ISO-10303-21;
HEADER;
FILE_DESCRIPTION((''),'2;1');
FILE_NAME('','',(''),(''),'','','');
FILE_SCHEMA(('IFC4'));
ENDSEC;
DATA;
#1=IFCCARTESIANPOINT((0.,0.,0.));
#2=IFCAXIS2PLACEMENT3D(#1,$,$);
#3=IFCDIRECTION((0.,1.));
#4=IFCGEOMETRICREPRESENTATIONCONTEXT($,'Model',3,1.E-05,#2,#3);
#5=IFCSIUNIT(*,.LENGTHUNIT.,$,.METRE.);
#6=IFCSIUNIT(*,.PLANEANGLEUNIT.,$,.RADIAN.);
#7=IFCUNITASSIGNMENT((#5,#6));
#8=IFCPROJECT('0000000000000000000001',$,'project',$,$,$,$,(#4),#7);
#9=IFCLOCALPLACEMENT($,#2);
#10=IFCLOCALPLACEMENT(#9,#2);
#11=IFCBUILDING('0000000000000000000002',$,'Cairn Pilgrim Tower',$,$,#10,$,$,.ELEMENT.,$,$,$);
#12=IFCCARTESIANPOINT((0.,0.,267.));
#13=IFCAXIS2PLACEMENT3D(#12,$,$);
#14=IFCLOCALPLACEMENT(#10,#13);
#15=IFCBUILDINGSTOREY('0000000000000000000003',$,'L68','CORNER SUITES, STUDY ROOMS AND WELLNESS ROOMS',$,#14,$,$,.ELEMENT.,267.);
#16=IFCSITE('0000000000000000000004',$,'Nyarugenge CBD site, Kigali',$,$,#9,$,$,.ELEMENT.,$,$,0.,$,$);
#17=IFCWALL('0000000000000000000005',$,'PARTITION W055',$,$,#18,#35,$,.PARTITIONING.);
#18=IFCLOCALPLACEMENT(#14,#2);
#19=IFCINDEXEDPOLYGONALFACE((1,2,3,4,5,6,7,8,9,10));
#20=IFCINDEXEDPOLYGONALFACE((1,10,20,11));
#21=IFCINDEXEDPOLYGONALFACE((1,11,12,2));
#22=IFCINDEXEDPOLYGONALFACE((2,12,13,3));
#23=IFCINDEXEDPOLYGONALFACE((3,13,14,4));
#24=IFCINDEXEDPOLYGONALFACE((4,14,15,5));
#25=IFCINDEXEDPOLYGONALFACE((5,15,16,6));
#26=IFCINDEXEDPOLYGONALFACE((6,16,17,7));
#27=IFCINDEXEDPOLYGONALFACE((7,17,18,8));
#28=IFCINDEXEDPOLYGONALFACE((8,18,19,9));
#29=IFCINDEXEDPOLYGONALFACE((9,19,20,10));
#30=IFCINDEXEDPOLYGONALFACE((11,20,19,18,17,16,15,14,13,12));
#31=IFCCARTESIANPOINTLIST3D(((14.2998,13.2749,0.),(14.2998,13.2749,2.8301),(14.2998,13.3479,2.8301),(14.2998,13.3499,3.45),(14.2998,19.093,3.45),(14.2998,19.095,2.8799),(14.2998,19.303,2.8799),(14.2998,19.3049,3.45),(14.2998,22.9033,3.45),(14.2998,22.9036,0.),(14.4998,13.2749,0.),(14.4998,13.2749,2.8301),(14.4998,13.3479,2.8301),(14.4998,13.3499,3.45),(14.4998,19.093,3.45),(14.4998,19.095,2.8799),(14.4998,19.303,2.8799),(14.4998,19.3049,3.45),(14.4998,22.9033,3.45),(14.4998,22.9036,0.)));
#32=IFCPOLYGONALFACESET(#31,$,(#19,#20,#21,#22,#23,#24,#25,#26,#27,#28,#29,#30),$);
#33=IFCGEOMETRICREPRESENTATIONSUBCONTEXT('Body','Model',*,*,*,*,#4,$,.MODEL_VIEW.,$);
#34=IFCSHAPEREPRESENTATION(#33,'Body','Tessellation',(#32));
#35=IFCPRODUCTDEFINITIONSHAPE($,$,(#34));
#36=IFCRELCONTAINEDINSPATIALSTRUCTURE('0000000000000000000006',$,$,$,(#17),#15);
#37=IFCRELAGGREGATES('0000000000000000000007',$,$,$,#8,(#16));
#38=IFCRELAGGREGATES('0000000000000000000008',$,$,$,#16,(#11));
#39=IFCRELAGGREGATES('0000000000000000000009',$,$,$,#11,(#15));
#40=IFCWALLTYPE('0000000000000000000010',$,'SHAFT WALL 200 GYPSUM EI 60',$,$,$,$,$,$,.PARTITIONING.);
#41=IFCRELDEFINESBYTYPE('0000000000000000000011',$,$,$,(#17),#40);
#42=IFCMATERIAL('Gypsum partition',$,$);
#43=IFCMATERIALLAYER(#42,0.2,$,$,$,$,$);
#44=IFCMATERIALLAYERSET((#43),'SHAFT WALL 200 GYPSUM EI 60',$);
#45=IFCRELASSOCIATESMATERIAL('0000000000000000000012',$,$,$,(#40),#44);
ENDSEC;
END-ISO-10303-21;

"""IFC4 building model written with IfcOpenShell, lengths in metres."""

from ifc_helpers import new_model, si_unit, direction, frame, origin, place, context, subcontext, project, spatial, polyline, outline, extrude, material, layer, layer_set, type_object, element, save


model = new_model("IFC4")

# Units and contexts
model_context = context("Model", 3, precision=1e-05, world=origin(), true_north=direction((0.0, 1.0)))
body_context = subcontext(model_context, "Body", "Model", "MODEL_VIEW")
ifc_project = project(units=[si_unit("LENGTHUNIT", "METRE"), si_unit("PLANEANGLEUNIT", "RADIAN")], contexts=[model_context])

# Site, building, storey
site_placement = place(None, origin())
site = spatial("IfcSite", under=ifc_project, at=site_placement, Name="Nyarugenge CBD site, Kigali", CompositionType="ELEMENT", RefElevation=0.0)
building_placement = place(site_placement, origin())
building = spatial("IfcBuilding", under=site, at=building_placement, Name="Cairn Pilgrim Tower", CompositionType="ELEMENT")
storey_placement = place(building_placement, frame((0.0, 0.0, 267.0)))
storey = spatial("IfcBuildingStorey", under=building, at=storey_placement, Name="L68", Description="CORNER SUITES, STUDY ROOMS AND WELLNESS ROOMS", CompositionType="ELEMENT", Elevation=267.0)

# Shared definitions
ifc_material_1 = material(Name="Gypsum partition")

# Wall
ifc_layer_1 = layer(ifc_material_1, 0.2)
ifc_layer_set_1 = layer_set([ifc_layer_1], Name="SHAFT WALL 200 GYPSUM EI 60")
wall_type_1 = type_object("IfcWallType", Name="SHAFT WALL 200 GYPSUM EI 60", PredefinedType="PARTITIONING", material=ifc_layer_set_1)
wall_1_placement = place(storey_placement, frame((14.3999, 13.2749, 0.0), z_axis=(0.0, 0.0, 1.0), x_axis=(0.0, 1.0, 0.0)))
element("IfcWall", 1, at=wall_1_placement, inside=storey, type_object=wall_type_1, Name="PARTITION W055", PredefinedType="PARTITIONING", context=body_context, shape_type="SweptSolid", body=[
    extrude(outline(polyline([(0.0, 0.0), (9.6287, 0.0), (9.6284, 3.45), (6.03, 3.45), (6.0281, 2.8799), (5.8201, 2.8799), (5.8181, 3.45), (0.075, 3.45), (0.073, 2.8301), (0.0, 2.8301), (0.0, 0.0)])), frame((0.0, 0.1001, 0.0), z_axis=(0.0, -1.0, 0.0), x_axis=(1.0, 0.0, 0.0)), (0.0, 0.0, 1.0), 0.2),
])

save(model, "model.ifc")
